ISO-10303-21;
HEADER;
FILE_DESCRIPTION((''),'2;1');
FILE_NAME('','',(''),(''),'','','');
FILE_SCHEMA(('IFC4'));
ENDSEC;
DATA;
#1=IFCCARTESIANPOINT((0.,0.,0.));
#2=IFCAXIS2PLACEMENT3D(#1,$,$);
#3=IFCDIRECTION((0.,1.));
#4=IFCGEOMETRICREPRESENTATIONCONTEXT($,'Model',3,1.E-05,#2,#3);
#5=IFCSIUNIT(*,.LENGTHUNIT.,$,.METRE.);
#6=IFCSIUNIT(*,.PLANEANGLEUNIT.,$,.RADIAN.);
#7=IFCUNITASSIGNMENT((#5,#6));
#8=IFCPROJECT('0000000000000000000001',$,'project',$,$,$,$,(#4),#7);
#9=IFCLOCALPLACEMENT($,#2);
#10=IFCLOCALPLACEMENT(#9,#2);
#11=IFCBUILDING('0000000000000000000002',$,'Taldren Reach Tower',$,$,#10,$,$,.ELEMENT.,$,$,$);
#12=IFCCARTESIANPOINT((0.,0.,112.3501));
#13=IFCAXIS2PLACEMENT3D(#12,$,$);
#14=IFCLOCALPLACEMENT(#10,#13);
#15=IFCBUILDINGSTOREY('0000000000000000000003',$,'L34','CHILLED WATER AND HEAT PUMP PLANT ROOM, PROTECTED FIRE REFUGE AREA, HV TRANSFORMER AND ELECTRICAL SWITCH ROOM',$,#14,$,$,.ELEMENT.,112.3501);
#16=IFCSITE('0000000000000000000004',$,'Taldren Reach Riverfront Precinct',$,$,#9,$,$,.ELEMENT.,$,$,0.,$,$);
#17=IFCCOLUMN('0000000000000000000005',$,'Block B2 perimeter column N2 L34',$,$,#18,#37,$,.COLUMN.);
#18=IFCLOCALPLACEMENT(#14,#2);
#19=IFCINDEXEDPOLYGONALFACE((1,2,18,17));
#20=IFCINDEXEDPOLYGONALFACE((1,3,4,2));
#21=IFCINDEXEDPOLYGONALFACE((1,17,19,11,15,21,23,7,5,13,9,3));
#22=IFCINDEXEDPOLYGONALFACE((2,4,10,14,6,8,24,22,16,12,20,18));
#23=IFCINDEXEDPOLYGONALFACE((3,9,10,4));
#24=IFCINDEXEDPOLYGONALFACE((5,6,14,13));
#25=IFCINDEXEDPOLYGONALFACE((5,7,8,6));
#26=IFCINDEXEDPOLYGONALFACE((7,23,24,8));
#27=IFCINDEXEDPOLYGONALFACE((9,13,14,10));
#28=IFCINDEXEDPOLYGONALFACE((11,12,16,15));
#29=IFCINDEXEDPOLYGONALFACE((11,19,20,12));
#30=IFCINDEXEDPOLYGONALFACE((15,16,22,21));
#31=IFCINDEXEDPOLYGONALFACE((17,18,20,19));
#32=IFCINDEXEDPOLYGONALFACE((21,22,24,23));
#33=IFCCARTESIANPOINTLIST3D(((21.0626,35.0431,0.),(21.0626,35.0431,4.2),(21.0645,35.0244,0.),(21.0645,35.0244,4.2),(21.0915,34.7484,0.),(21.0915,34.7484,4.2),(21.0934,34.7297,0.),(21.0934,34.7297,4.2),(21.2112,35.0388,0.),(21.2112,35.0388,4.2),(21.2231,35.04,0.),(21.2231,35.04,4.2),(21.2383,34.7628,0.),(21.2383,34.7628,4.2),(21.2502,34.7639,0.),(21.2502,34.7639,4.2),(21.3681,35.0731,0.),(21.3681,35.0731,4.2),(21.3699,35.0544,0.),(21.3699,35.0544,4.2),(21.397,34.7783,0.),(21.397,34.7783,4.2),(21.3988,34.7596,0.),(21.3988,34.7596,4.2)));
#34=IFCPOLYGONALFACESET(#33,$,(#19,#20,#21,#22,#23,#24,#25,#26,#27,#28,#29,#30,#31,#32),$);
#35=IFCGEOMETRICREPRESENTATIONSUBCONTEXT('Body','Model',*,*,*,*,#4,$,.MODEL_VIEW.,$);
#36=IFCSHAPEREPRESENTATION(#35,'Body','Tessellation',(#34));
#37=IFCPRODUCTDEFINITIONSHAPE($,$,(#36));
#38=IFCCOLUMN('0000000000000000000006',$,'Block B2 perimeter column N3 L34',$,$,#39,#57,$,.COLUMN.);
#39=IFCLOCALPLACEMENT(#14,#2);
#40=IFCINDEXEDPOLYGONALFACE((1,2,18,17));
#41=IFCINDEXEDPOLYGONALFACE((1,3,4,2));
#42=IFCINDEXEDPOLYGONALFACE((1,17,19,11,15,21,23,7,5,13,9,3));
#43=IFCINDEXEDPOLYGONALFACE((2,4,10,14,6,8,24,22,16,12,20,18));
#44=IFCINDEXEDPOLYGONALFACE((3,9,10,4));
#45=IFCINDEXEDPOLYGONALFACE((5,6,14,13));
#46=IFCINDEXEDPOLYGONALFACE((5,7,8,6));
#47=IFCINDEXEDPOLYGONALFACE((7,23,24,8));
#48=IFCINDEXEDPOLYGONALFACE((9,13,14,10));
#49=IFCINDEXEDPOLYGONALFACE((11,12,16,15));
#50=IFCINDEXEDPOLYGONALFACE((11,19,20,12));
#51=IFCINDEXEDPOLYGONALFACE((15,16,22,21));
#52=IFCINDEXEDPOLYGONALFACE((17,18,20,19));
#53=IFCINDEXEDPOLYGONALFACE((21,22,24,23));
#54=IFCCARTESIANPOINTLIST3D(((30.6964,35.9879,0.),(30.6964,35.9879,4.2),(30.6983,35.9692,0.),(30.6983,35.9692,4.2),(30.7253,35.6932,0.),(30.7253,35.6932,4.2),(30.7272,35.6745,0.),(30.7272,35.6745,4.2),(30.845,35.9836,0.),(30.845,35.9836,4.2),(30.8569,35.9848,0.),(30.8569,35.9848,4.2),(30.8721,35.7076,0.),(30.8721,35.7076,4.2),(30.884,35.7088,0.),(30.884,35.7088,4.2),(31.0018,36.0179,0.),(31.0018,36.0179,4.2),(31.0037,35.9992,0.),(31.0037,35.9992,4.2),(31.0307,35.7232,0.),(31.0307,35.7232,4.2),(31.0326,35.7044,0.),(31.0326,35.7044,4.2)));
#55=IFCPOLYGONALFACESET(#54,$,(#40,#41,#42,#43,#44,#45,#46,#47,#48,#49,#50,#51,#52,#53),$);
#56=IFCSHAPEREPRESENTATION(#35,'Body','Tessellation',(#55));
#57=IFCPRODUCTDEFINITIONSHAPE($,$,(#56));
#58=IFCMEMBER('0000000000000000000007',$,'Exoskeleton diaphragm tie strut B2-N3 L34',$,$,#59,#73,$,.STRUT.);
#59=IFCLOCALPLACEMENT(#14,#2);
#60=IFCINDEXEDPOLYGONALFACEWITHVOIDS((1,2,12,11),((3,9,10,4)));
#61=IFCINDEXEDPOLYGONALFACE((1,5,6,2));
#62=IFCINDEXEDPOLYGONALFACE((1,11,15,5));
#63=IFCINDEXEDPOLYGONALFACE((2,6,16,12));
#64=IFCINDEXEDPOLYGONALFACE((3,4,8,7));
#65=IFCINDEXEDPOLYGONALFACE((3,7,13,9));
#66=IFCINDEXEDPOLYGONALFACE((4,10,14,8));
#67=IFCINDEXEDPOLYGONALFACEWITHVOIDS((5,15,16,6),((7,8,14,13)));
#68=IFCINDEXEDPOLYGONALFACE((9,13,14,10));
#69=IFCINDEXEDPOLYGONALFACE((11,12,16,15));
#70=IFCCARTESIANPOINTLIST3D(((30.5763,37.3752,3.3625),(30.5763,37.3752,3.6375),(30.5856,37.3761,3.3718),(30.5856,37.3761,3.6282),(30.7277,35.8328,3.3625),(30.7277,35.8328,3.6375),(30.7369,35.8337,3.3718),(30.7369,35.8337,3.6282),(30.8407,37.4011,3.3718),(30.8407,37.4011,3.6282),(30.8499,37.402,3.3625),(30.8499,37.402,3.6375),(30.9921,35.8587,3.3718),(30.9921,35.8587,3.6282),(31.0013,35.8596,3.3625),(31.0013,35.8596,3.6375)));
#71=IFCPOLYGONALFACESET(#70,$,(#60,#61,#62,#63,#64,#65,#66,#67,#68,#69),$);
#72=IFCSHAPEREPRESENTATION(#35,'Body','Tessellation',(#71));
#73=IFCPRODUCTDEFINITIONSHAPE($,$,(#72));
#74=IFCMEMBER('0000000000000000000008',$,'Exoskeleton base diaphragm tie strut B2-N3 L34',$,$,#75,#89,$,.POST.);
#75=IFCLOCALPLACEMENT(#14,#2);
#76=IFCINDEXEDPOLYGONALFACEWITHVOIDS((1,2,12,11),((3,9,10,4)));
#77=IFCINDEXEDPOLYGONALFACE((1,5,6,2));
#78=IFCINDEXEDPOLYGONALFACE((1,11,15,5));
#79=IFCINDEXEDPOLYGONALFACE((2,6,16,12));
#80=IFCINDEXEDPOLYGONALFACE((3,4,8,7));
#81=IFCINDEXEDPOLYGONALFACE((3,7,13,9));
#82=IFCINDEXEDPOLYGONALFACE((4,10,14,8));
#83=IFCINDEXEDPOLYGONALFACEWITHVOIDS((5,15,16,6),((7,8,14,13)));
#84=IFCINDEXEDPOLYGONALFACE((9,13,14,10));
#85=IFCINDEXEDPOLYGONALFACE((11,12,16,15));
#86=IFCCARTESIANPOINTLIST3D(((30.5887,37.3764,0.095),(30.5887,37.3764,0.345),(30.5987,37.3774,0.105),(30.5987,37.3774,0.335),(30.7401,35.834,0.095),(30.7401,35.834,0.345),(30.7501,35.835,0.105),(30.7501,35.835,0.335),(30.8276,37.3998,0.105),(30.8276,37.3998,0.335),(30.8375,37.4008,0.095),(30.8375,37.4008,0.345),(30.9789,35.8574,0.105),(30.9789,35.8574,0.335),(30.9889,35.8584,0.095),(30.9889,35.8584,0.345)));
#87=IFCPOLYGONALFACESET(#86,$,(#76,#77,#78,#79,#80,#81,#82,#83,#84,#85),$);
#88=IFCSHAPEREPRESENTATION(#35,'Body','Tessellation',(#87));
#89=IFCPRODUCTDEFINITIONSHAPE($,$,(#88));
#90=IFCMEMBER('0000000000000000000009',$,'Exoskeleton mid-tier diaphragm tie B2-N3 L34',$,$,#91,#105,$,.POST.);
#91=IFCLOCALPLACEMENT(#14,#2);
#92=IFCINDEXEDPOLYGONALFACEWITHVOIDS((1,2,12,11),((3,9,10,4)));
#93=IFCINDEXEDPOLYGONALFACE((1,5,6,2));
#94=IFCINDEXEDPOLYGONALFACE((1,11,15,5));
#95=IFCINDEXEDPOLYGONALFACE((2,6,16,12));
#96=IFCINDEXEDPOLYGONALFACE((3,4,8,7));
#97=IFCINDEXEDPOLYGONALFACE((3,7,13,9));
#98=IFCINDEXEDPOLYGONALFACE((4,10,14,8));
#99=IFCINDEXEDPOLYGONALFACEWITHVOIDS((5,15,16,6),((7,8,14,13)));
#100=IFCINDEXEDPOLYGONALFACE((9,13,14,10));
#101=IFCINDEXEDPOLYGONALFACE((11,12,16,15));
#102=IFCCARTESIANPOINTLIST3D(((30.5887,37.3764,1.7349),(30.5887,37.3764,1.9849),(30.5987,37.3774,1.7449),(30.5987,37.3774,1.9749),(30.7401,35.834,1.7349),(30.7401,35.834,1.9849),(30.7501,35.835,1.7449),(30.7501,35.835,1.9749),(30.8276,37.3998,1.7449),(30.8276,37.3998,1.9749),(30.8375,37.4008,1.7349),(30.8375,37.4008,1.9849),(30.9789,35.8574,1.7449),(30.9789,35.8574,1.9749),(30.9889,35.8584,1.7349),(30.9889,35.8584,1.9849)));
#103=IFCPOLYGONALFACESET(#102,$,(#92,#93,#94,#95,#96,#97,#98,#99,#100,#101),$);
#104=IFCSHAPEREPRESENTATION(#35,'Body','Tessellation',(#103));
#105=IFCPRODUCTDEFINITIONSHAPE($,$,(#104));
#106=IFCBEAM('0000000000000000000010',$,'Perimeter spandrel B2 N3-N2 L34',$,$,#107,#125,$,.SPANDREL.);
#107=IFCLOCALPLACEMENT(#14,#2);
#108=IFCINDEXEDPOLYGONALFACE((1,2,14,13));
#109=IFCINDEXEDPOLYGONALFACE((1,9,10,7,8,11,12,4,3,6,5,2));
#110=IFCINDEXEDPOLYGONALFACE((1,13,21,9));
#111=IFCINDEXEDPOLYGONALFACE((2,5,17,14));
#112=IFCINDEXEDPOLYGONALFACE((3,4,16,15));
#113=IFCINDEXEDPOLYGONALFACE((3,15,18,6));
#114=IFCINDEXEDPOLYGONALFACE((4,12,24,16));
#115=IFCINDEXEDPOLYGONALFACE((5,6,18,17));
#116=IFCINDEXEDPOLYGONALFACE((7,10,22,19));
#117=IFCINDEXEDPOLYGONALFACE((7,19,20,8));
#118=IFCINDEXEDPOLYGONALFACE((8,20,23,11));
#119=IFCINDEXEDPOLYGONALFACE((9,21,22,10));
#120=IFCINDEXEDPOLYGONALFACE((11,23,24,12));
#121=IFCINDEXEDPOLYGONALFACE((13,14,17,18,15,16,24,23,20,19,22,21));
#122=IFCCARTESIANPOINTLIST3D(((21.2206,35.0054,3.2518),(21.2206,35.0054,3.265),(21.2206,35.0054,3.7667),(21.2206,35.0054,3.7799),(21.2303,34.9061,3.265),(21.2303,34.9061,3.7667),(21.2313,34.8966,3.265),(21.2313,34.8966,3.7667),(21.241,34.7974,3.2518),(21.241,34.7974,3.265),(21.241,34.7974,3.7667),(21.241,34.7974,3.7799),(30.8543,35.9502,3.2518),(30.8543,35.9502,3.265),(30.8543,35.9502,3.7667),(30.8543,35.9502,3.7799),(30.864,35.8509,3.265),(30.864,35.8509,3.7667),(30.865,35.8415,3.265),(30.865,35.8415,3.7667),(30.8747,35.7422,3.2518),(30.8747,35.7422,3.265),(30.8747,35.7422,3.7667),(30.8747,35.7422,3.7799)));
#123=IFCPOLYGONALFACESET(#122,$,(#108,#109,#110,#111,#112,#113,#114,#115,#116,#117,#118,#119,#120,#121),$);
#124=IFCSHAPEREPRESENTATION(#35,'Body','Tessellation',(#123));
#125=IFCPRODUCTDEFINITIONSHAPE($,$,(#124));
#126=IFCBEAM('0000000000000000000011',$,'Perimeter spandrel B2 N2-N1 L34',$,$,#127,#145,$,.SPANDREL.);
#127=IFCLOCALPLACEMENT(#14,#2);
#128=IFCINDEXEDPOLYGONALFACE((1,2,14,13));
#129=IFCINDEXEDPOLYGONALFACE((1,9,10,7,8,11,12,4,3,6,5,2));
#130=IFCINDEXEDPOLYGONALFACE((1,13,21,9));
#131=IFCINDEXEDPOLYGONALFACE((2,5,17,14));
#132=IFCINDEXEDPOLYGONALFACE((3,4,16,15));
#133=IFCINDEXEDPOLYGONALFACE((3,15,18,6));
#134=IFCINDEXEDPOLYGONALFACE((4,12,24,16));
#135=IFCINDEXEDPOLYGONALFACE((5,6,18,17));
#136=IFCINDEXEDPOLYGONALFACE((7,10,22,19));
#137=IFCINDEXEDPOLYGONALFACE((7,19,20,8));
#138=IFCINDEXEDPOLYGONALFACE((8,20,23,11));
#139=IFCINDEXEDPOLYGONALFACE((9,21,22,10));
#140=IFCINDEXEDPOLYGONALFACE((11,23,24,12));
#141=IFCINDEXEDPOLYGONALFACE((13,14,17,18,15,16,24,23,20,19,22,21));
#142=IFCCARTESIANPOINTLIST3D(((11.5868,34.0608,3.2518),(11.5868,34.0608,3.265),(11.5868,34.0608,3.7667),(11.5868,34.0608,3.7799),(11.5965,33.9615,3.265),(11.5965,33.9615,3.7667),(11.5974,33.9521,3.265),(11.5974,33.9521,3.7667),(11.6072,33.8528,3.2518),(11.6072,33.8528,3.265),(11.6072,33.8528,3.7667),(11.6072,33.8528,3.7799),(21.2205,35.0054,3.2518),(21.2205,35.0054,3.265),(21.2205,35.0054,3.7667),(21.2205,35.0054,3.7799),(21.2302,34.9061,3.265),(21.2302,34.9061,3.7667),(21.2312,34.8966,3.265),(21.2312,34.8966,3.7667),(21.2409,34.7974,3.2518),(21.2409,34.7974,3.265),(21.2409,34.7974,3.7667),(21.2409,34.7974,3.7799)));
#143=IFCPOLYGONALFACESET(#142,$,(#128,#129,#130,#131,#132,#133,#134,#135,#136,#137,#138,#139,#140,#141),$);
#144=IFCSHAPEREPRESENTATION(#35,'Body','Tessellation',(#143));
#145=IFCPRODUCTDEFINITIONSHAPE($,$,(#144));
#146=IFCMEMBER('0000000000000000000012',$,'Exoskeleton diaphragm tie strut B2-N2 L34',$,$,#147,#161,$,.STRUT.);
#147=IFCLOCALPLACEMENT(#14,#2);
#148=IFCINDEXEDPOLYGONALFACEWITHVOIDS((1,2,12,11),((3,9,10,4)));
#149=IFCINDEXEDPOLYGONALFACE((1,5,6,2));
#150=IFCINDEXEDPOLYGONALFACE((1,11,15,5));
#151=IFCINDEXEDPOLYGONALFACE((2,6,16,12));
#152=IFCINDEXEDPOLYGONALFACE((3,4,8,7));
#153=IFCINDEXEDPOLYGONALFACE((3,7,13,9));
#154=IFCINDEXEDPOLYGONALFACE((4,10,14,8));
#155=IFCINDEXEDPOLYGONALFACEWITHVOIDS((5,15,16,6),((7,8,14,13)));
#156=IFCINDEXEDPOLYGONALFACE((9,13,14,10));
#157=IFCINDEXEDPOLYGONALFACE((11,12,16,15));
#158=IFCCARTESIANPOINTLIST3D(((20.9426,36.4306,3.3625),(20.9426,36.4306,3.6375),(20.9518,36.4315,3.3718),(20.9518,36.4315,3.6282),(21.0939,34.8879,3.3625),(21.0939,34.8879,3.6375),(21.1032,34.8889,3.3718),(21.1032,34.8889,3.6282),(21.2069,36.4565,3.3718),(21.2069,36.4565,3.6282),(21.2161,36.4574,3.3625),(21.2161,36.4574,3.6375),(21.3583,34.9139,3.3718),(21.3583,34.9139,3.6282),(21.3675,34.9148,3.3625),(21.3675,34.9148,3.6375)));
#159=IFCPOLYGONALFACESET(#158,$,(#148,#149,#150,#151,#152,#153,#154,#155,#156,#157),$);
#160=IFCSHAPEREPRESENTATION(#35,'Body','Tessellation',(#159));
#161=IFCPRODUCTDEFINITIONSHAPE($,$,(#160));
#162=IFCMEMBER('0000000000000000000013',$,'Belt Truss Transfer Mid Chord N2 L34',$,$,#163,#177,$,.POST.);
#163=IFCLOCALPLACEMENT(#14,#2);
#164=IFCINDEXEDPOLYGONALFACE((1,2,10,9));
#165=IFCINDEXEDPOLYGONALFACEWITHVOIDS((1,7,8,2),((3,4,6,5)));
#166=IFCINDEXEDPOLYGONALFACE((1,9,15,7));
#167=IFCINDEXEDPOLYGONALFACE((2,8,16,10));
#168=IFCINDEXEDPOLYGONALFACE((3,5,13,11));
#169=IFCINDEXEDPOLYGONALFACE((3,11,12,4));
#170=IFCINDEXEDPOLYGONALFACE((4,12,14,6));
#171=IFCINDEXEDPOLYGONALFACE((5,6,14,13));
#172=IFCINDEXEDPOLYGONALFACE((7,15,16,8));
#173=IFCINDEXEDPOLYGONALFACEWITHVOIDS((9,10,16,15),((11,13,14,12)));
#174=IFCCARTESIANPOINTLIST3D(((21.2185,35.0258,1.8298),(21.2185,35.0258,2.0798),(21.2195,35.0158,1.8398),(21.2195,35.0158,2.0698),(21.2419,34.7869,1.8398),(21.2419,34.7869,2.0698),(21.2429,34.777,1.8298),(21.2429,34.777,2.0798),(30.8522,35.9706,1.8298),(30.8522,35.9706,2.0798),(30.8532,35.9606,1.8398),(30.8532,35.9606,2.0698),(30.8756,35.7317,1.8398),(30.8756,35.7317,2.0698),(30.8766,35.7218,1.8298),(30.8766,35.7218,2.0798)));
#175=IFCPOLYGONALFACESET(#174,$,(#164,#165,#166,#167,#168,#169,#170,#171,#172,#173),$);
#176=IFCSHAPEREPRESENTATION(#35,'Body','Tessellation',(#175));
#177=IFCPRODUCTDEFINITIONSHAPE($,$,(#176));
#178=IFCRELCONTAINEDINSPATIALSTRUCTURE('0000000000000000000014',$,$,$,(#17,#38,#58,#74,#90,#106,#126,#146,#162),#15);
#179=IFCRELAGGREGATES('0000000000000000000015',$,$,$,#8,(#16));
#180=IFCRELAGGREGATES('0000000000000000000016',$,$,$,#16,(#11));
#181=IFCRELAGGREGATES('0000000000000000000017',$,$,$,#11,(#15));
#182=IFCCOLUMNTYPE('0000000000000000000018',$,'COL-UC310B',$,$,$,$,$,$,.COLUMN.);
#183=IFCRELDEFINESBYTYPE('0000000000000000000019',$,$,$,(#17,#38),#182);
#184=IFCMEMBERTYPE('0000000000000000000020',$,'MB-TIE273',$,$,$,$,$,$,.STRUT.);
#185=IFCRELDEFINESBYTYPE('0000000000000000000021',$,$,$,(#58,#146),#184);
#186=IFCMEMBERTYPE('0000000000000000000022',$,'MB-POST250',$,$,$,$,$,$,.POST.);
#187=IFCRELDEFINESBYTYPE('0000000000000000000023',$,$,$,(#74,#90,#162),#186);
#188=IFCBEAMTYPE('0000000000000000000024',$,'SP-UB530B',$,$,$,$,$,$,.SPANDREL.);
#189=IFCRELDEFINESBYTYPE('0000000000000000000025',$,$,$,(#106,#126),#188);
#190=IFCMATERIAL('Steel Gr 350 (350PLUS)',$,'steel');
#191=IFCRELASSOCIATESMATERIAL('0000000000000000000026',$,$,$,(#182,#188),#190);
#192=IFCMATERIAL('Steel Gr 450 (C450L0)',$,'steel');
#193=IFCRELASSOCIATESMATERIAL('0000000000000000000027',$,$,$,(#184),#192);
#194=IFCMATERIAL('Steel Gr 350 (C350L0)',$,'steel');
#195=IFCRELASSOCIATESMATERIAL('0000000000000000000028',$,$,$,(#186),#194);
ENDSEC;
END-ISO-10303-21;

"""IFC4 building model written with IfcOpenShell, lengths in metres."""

from ifc_helpers import new_model, si_unit, direction, frame, origin, origin_2d, place, context, subcontext, project, spatial, hollow_rectangle, i_section, extrude, source, transform, mapped, material, material_profile, profile_set, type_object, element, save


model = new_model("IFC4")

# Units and contexts
model_context = context("Model", 3, precision=1e-05, world=origin(), true_north=direction((0.0, 1.0)))
body_context = subcontext(model_context, "Body", "Model", "MODEL_VIEW")
ifc_project = project(units=[si_unit("LENGTHUNIT", "METRE"), si_unit("PLANEANGLEUNIT", "RADIAN")], contexts=[model_context])

# Site, building, storey
site_placement = place(None, origin())
site = spatial("IfcSite", under=ifc_project, at=site_placement, Name="Taldren Reach Riverfront Precinct", CompositionType="ELEMENT", RefElevation=0.0)
building_placement = place(site_placement, origin())
building = spatial("IfcBuilding", under=site, at=building_placement, Name="Taldren Reach Tower", CompositionType="ELEMENT")
storey_placement = place(building_placement, frame((0.0, 0.0, 112.3501)))
storey = spatial("IfcBuildingStorey", under=building, at=storey_placement, Name="L34", Description="CHILLED WATER AND HEAT PUMP PLANT ROOM, PROTECTED FIRE REFUGE AREA, HV TRANSFORMER AND ELECTRICAL SWITCH ROOM", CompositionType="ELEMENT", Elevation=112.3501)

# Columns
ifc_material_1 = material(Name="Steel Gr 350 (350PLUS)", Category="steel")
ifc_material_profile_1 = material_profile(ifc_material_1, i_section(OverallWidth=0.3069, OverallDepth=0.3149, WebThickness=0.012, FlangeThickness=0.0188, at=origin_2d()), Name="310UC118")
ifc_profile_set_1 = profile_set([ifc_material_profile_1], Name="Steel Gr 350 (350PLUS)")
column_type = type_object("IfcColumnType", Name="COL-UC310B", PredefinedType="COLUMN", material=ifc_profile_set_1)
shared_shape_1 = source(origin(), body_context, "Body", "SweptSolid", [
    extrude(i_section(OverallWidth=0.3069, OverallDepth=0.3149, WebThickness=0.012, FlangeThickness=0.0188, at=origin_2d()), origin(), (0.0, 0.0, 1.0), 4.2),
])
for number, where, z_axis, x_axis, name in (
    (1, (21.2307, 34.9014, 0.0), (0.0, 0.0, 1.0), (0.995227, 0.097583, 0.0), "Block B2 perimeter column N2 L34"),
    (2, (30.8645, 35.8462, 0.0), (0.0, 0.0, 1.0), (0.995227, 0.097583, 0.0), "Block B2 perimeter column N3 L34"),
):
    element("IfcColumn", number, at=place(storey_placement, frame(where, z_axis=z_axis, x_axis=x_axis)), inside=storey, type_object=column_type, Name=name, PredefinedType="COLUMN", context=body_context, shape_type="MappedRepresentation", body=[
        mapped(shared_shape_1, transform((0.0, 0.0, 0.0), scale=1.0)),
    ])

# Members
ifc_material_2 = material(Name="Steel Gr 450 (C450L0)", Category="steel")
ifc_material_profile_2 = material_profile(ifc_material_2, hollow_rectangle(XDim=0.2749, YDim=0.2749, WallThickness=0.0093, at=origin_2d()), Name="275x275x9.3SHS")
ifc_profile_set_2 = profile_set([ifc_material_profile_2], Name="Steel Gr 450 (C450L0)")
member_type_1 = type_object("IfcMemberType", Name="MB-TIE273", PredefinedType="STRUT", material=ifc_profile_set_2)
shared_shape_2 = source(origin(), body_context, "Body", "SweptSolid", [
    extrude(hollow_rectangle(XDim=0.2749, YDim=0.2749, WallThickness=0.0093, at=origin_2d()), origin(), (0.0, 0.0, 1.0), 1.5498),
])
member_1_placement = place(storey_placement, frame((30.8645, 35.8462, 3.5), z_axis=(-0.097663, 0.99522, 0.0), x_axis=(-0.99522, -0.097663, 0.0)))
element("IfcMember", 3, at=member_1_placement, inside=storey, type_object=member_type_1, Name="Exoskeleton diaphragm tie strut B2-N3 L34", PredefinedType="STRUT", context=body_context, shape_type="MappedRepresentation", body=[
    mapped(shared_shape_2, transform((0.0, 0.0, 0.0), scale=1.0)),
])
ifc_material_3 = material(Name="Steel Gr 350 (C350L0)", Category="steel")
ifc_material_profile_3 = material_profile(ifc_material_3, hollow_rectangle(XDim=0.25, YDim=0.25, WallThickness=0.01, at=origin_2d()), Name="250x250x10.0SHS")
ifc_profile_set_3 = profile_set([ifc_material_profile_3], Name="Steel Gr 350 (C350L0)")
member_type_2 = type_object("IfcMemberType", Name="MB-POST250", PredefinedType="POST", material=ifc_profile_set_3)
shared_shape_3 = source(origin(), body_context, "Body", "SweptSolid", [
    extrude(hollow_rectangle(XDim=0.25, YDim=0.25, WallThickness=0.01, at=origin_2d()), origin(), (0.0, 0.0, 1.0), 1.5498),
])
for number, where, z_axis, x_axis, name in (
    (4, (30.8645, 35.8462, 0.22), (-0.097663, 0.99522, 0.0), (-0.99522, -0.097663, 0.0), "Exoskeleton base diaphragm tie strut B2-N3 L34"),
    (5, (30.8645, 35.8462, 1.8599), (-0.097663, 0.99522, 0.0), (-0.99522, -0.097663, 0.0), "Exoskeleton mid-tier diaphragm tie B2-N3 L34"),
):
    element("IfcMember", number, at=place(storey_placement, frame(where, z_axis=z_axis, x_axis=x_axis)), inside=storey, type_object=member_type_2, Name=name, PredefinedType="POST", context=body_context, shape_type="MappedRepresentation", body=[
        mapped(shared_shape_3, transform((0.0, 0.0, 0.0), scale=1.0)),
    ])

# Beams
ifc_material_profile_4 = material_profile(ifc_material_1, i_section(OverallWidth=0.209, OverallDepth=0.5281, WebThickness=0.0095, FlangeThickness=0.0132, at=origin_2d()), Name="530UB82.0")
ifc_profile_set_4 = profile_set([ifc_material_profile_4], Name="Steel Gr 350 (350PLUS)")
beam_type = type_object("IfcBeamType", Name="SP-UB530B", PredefinedType="SPANDREL", material=ifc_profile_set_4)
shared_shape_4 = source(origin(), body_context, "Body", "SweptSolid", [
    extrude(i_section(OverallWidth=0.209, OverallDepth=0.5281, WebThickness=0.0095, FlangeThickness=0.0132, at=origin_2d()), origin(), (0.0, 0.0, 1.0), 9.6799),
])
for number, where, z_axis, x_axis, name in (
    (6, (30.8645, 35.8462, 3.5159), (-0.995225, -0.097606, 0.0), (0.097606, -0.995225, 0.0), "Perimeter spandrel B2 N3-N2 L34"),
    (7, (21.2307, 34.9014, 3.5159), (-0.995228, -0.097581, 0.0), (0.097581, -0.995228, 0.0), "Perimeter spandrel B2 N2-N1 L34"),
):
    element("IfcBeam", number, at=place(storey_placement, frame(where, z_axis=z_axis, x_axis=x_axis)), inside=storey, type_object=beam_type, Name=name, PredefinedType="SPANDREL", context=body_context, shape_type="MappedRepresentation", body=[
        mapped(shared_shape_4, transform((0.0, 0.0, 0.0), scale=1.0)),
    ])

# Members
shared_shape_5 = source(origin(), body_context, "Body", "SweptSolid", [
    extrude(hollow_rectangle(XDim=0.2749, YDim=0.2749, WallThickness=0.0093, at=origin_2d()), origin(), (0.0, 0.0, 1.0), 1.55),
])
member_2_placement = place(storey_placement, frame((21.2307, 34.9014, 3.5), z_axis=(-0.097648, 0.995221, 0.0), x_axis=(-0.995221, -0.097648, 0.0)))
element("IfcMember", 8, at=member_2_placement, inside=storey, type_object=member_type_1, Name="Exoskeleton diaphragm tie strut B2-N2 L34", PredefinedType="STRUT", context=body_context, shape_type="MappedRepresentation", body=[
    mapped(shared_shape_5, transform((0.0, 0.0, 0.0), scale=1.0)),
])
shared_shape_6 = source(origin(), body_context, "Body", "SweptSolid", [
    extrude(hollow_rectangle(XDim=0.25, YDim=0.25, WallThickness=0.01, at=origin_2d()), origin(), (0.0, 0.0, 1.0), 9.6799),
])
for number, where, z_axis, x_axis, name in (
    (9, (21.2307, 34.9014, 1.9548), (0.995225, 0.097606, 0.0), (-0.097606, 0.995225, 0.0), "Belt Truss Transfer Mid Chord N2 L34"),
):
    element("IfcMember", number, at=place(storey_placement, frame(where, z_axis=z_axis, x_axis=x_axis)), inside=storey, type_object=member_type_2, Name=name, PredefinedType="POST", context=body_context, shape_type="MappedRepresentation", body=[
        mapped(shared_shape_6, transform((0.0, 0.0, 0.0), scale=1.0)),
    ])

save(model, "model.ifc")
